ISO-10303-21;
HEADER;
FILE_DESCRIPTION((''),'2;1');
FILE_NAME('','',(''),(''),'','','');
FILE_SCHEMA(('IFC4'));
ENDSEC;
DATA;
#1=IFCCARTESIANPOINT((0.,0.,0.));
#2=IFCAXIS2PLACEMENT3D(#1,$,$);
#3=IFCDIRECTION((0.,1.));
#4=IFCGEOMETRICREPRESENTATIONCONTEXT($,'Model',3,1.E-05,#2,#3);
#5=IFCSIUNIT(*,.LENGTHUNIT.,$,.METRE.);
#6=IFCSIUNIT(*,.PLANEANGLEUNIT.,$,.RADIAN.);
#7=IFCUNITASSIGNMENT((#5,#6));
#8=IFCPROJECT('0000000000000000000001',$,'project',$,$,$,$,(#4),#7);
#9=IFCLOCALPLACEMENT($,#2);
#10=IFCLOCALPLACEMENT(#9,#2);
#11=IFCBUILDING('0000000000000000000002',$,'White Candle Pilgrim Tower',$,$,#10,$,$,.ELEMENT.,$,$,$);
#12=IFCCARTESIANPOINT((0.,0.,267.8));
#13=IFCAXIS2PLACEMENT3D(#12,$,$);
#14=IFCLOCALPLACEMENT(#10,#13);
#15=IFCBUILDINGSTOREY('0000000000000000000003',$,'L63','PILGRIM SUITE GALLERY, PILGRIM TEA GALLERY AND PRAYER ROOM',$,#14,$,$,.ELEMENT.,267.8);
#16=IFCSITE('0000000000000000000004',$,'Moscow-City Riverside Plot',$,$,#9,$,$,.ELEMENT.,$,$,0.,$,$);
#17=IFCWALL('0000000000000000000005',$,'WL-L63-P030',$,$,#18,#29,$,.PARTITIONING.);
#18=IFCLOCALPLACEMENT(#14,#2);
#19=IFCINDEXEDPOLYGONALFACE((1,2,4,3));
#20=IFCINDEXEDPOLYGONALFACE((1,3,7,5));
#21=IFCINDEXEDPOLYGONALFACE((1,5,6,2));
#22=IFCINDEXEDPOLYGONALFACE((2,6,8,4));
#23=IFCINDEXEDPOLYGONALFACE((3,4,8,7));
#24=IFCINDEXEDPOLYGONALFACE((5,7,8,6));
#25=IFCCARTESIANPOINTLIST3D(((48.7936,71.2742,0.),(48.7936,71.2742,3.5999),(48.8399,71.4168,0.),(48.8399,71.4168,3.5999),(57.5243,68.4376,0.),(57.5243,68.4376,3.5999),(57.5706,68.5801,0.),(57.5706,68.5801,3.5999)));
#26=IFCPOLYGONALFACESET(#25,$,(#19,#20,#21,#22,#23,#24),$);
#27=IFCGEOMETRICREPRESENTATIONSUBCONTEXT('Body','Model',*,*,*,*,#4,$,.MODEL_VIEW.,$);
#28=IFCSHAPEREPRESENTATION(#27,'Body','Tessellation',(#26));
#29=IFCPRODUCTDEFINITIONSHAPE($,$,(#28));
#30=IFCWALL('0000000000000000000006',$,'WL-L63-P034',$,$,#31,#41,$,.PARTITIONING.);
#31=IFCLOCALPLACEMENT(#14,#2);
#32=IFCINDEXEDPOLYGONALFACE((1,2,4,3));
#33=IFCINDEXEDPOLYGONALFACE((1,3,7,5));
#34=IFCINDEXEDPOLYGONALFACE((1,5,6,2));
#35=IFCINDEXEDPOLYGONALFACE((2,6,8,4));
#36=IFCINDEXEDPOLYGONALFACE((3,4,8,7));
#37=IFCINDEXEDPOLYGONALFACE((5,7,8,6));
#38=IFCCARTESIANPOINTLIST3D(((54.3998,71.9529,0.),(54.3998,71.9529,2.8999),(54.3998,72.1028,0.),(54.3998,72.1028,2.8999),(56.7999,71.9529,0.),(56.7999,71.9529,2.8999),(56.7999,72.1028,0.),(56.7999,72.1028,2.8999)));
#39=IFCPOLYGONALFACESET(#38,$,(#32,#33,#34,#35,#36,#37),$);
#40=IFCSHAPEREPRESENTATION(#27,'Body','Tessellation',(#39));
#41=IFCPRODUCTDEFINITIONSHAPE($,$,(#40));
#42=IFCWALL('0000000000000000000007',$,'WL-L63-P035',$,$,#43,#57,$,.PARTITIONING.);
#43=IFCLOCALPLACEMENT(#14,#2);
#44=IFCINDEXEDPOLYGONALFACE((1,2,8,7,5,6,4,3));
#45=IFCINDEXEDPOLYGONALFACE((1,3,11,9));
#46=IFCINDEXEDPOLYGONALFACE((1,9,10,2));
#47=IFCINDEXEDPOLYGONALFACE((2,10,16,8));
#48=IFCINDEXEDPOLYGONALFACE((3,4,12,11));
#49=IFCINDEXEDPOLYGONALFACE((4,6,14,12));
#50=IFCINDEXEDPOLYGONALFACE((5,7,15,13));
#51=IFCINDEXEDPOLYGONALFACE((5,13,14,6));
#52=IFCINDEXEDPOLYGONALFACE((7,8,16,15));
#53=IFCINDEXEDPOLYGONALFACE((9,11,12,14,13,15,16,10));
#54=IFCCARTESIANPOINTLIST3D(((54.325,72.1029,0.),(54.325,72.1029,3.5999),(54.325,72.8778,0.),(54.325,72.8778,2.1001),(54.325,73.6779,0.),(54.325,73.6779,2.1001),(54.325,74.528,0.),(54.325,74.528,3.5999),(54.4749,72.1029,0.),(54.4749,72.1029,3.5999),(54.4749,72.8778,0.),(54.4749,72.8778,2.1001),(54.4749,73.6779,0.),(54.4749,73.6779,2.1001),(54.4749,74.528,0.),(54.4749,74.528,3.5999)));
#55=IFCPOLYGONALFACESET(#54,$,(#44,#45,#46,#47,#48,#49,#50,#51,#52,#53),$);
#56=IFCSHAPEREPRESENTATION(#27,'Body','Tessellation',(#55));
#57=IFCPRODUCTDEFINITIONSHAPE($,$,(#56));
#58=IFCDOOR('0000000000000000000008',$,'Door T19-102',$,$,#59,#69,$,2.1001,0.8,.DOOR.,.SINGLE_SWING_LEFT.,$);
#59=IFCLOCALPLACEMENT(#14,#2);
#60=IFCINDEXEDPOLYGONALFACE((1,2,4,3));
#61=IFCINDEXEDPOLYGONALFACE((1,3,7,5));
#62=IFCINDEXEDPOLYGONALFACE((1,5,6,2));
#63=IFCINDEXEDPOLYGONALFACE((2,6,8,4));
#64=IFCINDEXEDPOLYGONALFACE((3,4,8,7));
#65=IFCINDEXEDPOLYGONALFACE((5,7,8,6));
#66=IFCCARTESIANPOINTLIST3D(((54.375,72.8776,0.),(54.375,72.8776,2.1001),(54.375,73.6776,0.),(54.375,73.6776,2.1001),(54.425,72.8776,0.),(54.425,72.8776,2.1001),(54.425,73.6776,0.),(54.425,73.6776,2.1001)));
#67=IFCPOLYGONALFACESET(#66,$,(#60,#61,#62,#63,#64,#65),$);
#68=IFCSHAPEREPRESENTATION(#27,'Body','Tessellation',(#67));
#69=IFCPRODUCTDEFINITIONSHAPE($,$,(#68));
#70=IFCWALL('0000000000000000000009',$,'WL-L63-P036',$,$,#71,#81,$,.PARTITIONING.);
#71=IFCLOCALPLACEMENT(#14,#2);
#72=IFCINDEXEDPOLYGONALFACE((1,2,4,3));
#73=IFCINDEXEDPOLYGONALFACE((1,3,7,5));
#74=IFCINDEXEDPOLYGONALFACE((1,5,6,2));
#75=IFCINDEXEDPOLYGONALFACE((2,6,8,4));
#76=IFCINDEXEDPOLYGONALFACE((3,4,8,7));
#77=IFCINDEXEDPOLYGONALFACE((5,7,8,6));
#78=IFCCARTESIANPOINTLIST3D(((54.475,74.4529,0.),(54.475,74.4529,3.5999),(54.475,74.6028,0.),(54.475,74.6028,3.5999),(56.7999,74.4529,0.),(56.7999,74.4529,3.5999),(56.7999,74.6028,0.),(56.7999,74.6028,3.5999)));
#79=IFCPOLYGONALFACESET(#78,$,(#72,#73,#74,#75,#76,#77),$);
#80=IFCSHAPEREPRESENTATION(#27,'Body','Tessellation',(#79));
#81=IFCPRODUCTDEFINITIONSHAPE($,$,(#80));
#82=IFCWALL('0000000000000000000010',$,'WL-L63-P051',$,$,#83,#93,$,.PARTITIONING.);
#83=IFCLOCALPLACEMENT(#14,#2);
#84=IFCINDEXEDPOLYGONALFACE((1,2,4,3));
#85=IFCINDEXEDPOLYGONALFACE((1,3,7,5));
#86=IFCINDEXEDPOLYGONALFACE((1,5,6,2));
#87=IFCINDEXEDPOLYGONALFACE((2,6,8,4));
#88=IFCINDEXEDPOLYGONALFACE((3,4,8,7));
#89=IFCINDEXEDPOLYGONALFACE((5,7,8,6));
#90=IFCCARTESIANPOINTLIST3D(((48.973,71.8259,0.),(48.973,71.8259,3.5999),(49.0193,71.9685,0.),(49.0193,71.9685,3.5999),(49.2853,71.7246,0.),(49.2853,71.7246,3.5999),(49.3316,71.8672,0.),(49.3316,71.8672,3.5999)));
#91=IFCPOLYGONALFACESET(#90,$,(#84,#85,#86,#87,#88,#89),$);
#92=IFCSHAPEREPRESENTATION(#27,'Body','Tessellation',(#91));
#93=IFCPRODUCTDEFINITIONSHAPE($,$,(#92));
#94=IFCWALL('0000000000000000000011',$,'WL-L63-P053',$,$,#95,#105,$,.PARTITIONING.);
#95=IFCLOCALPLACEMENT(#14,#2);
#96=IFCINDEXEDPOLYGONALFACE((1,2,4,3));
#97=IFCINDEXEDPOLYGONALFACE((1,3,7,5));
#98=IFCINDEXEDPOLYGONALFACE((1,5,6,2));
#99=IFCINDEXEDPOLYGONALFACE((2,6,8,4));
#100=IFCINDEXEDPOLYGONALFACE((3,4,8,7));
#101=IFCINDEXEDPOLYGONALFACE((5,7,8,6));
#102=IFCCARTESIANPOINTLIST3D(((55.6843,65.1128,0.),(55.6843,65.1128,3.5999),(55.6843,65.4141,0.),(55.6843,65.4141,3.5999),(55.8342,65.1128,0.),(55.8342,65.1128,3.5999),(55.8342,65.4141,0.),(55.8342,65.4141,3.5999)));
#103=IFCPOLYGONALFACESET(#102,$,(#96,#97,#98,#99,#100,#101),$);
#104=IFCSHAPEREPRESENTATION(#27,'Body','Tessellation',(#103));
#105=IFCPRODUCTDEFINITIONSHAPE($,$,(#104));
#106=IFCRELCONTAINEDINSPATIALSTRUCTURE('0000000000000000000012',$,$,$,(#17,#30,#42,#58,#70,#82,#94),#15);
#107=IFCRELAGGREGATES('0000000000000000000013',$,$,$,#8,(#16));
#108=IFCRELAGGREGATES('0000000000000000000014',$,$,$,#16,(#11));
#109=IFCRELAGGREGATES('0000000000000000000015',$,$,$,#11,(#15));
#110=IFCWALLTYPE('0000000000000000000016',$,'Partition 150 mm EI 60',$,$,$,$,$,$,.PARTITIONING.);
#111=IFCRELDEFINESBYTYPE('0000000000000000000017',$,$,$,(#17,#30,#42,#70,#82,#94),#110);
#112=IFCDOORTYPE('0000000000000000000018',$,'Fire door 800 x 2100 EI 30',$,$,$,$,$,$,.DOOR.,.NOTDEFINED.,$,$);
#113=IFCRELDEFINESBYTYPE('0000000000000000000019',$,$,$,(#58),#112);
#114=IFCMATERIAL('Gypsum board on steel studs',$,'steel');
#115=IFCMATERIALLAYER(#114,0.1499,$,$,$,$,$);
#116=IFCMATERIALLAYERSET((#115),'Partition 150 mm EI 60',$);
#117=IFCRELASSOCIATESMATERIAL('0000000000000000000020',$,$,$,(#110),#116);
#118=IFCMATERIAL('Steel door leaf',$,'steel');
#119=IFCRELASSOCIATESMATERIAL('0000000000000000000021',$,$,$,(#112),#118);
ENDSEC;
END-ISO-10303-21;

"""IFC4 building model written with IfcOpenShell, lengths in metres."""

from ifc_helpers import new_model, si_unit, direction, frame, frame_2d, origin, place, context, subcontext, project, spatial, rectangle, extrude, material, layer, layer_set, type_object, element, fill, save


model = new_model("IFC4")

# Units and contexts
model_context = context("Model", 3, precision=1e-05, world=origin(), true_north=direction((0.0, 1.0)))
body_context = subcontext(model_context, "Body", "Model", "MODEL_VIEW")
ifc_project = project(units=[si_unit("LENGTHUNIT", "METRE"), si_unit("PLANEANGLEUNIT", "RADIAN")], contexts=[model_context])

# Site, building, storey
site_placement = place(None, origin())
site = spatial("IfcSite", under=ifc_project, at=site_placement, Name="Moscow-City Riverside Plot", CompositionType="ELEMENT", RefElevation=0.0)
building_placement = place(site_placement, origin())
building = spatial("IfcBuilding", under=site, at=building_placement, Name="White Candle Pilgrim Tower", CompositionType="ELEMENT")
storey_placement = place(building_placement, frame((0.0, 0.0, 267.8)))
storey = spatial("IfcBuildingStorey", under=building, at=storey_placement, Name="L63", Description="PILGRIM SUITE GALLERY, PILGRIM TEA GALLERY AND PRAYER ROOM", CompositionType="ELEMENT", Elevation=267.8)

# Shared definitions
ifc_material_1 = material(Name="Gypsum board on steel studs", Category="steel")

# Shared definitions
ifc_material_2 = material(Name="Steel door leaf", Category="steel")

# Walls
ifc_layer_1 = layer(ifc_material_1, 0.1499)
ifc_layer_set_1 = layer_set([ifc_layer_1], Name="Partition 150 mm EI 60")
wall_type_1 = type_object("IfcWallType", Name="Partition 150 mm EI 60", PredefinedType="PARTITIONING", material=ifc_layer_set_1)
wall_1_placement = place(storey_placement, frame((48.8169, 71.3455, 0.0), z_axis=(0.0, 0.0, 1.0), x_axis=(0.95106, -0.309006, 0.0)))
element("IfcWall", 1, at=wall_1_placement, inside=storey, type_object=wall_type_1, Name="WL-L63-P030", PredefinedType="PARTITIONING", context=body_context, shape_type="SweptSolid", body=[
    extrude(rectangle(XDim=9.1799, YDim=0.1499, at=frame_2d((4.5898, 0.0))), origin(), (0.0, 0.0, 1.0), 3.5999),
])
wall_2_placement = place(storey_placement, frame((56.8, 72.0278, 0.0), z_axis=(0.0, 0.0, 1.0), x_axis=(-1.0, 0.0, 0.0)))
element("IfcWall", 2, at=wall_2_placement, inside=storey, type_object=wall_type_1, Name="WL-L63-P034", PredefinedType="PARTITIONING", context=body_context, shape_type="SweptSolid", body=[
    extrude(rectangle(XDim=2.4001, YDim=0.1499, at=frame_2d((1.2002, 0.0))), origin(), (0.0, 0.0, 1.0), 2.8999),
])

# Wall, opening, door
wall_3_placement = place(storey_placement, frame((54.3999, 74.5278, 0.0), z_axis=(0.0, 0.0, 1.0), x_axis=(0.0, -1.0, 0.0)))
wall_3 = element("IfcWall", 3, at=wall_3_placement, inside=storey, type_object=wall_type_1, Name="WL-L63-P035", PredefinedType="PARTITIONING", context=body_context, shape_type="SweptSolid", body=[
    extrude(rectangle(XDim=2.425, YDim=0.1499, at=frame_2d((1.2124, 0.0))), origin(), (0.0, 0.0, 1.0), 3.5999),
])
opening_1_placement = place(wall_3_placement, frame((0.8501, 0.0, 0.0)))
opening_1 = element("IfcOpeningElement", 4, at=opening_1_placement, cuts=wall_3, PredefinedType="OPENING", context=body_context, shape_type="SweptSolid", body=[
    extrude(rectangle(XDim=0.8, YDim=2.1001, at=frame_2d((0.3999, 1.05))), frame((0.0, 0.085, 0.0), z_axis=(0.0, -1.0, 0.0), x_axis=(1.0, 0.0, 0.0)), (0.0, 0.0, 1.0), 0.1699),
])
door_type_1 = type_object("IfcDoorType", Name="Fire door 800 x 2100 EI 30", OperationType="NOTDEFINED", PredefinedType="DOOR", material=ifc_material_2)
door_1_placement = place(opening_1_placement, frame((0.8, 0.0, 0.0), z_axis=(0.0, 0.0, 1.0), x_axis=(-1.0, 0.0, 0.0)))
door_1 = element("IfcDoor", 5, at=door_1_placement, inside=storey, type_object=door_type_1, Name="Door T19-102", OperationType="SINGLE_SWING_LEFT", OverallHeight=2.1001, OverallWidth=0.8, PredefinedType="DOOR", context=body_context, shape_type="SweptSolid", body=[
    extrude(rectangle(XDim=0.8, YDim=2.1001, at=frame_2d((0.3999, 1.05))), frame((0.0, 0.0249, 0.0), z_axis=(0.0, -1.0, 0.0), x_axis=(1.0, 0.0, 0.0)), (0.0, 0.0, 1.0), 0.05),
])
fill(opening_1, door_1)

# Walls
wall_4_placement = place(storey_placement, frame((56.8, 74.5278, 0.0), z_axis=(0.0, 0.0, 1.0), x_axis=(-1.0, 0.0, 0.0)))
element("IfcWall", 6, at=wall_4_placement, inside=storey, type_object=wall_type_1, Name="WL-L63-P036", PredefinedType="PARTITIONING", context=body_context, shape_type="SweptSolid", body=[
    extrude(rectangle(XDim=2.325, YDim=0.1499, at=frame_2d((1.1626, 0.0))), origin(), (0.0, 0.0, 1.0), 3.5999),
])
wall_5_placement = place(storey_placement, frame((49.3083, 71.7959, 0.0), z_axis=(0.0, 0.0, 1.0), x_axis=(-0.951182, 0.308632, 0.0)))
element("IfcWall", 7, at=wall_5_placement, inside=storey, type_object=wall_type_1, Name="WL-L63-P051", PredefinedType="PARTITIONING", context=body_context, shape_type="SweptSolid", body=[
    extrude(rectangle(XDim=0.3284, YDim=0.1499, at=frame_2d((0.1641, 0.0))), origin(), (0.0, 0.0, 1.0), 3.5999),
])
wall_6_placement = place(storey_placement, frame((55.7593, 65.4141, 0.0), z_axis=(0.0, 0.0, 1.0), x_axis=(0.0, -1.0, 0.0)))
element("IfcWall", 8, at=wall_6_placement, inside=storey, type_object=wall_type_1, Name="WL-L63-P053", PredefinedType="PARTITIONING", context=body_context, shape_type="SweptSolid", body=[
    extrude(rectangle(XDim=0.3013, YDim=0.1499, at=frame_2d((0.1506, 0.0))), origin(), (0.0, 0.0, 1.0), 3.5999),
])

save(model, "model.ifc")
